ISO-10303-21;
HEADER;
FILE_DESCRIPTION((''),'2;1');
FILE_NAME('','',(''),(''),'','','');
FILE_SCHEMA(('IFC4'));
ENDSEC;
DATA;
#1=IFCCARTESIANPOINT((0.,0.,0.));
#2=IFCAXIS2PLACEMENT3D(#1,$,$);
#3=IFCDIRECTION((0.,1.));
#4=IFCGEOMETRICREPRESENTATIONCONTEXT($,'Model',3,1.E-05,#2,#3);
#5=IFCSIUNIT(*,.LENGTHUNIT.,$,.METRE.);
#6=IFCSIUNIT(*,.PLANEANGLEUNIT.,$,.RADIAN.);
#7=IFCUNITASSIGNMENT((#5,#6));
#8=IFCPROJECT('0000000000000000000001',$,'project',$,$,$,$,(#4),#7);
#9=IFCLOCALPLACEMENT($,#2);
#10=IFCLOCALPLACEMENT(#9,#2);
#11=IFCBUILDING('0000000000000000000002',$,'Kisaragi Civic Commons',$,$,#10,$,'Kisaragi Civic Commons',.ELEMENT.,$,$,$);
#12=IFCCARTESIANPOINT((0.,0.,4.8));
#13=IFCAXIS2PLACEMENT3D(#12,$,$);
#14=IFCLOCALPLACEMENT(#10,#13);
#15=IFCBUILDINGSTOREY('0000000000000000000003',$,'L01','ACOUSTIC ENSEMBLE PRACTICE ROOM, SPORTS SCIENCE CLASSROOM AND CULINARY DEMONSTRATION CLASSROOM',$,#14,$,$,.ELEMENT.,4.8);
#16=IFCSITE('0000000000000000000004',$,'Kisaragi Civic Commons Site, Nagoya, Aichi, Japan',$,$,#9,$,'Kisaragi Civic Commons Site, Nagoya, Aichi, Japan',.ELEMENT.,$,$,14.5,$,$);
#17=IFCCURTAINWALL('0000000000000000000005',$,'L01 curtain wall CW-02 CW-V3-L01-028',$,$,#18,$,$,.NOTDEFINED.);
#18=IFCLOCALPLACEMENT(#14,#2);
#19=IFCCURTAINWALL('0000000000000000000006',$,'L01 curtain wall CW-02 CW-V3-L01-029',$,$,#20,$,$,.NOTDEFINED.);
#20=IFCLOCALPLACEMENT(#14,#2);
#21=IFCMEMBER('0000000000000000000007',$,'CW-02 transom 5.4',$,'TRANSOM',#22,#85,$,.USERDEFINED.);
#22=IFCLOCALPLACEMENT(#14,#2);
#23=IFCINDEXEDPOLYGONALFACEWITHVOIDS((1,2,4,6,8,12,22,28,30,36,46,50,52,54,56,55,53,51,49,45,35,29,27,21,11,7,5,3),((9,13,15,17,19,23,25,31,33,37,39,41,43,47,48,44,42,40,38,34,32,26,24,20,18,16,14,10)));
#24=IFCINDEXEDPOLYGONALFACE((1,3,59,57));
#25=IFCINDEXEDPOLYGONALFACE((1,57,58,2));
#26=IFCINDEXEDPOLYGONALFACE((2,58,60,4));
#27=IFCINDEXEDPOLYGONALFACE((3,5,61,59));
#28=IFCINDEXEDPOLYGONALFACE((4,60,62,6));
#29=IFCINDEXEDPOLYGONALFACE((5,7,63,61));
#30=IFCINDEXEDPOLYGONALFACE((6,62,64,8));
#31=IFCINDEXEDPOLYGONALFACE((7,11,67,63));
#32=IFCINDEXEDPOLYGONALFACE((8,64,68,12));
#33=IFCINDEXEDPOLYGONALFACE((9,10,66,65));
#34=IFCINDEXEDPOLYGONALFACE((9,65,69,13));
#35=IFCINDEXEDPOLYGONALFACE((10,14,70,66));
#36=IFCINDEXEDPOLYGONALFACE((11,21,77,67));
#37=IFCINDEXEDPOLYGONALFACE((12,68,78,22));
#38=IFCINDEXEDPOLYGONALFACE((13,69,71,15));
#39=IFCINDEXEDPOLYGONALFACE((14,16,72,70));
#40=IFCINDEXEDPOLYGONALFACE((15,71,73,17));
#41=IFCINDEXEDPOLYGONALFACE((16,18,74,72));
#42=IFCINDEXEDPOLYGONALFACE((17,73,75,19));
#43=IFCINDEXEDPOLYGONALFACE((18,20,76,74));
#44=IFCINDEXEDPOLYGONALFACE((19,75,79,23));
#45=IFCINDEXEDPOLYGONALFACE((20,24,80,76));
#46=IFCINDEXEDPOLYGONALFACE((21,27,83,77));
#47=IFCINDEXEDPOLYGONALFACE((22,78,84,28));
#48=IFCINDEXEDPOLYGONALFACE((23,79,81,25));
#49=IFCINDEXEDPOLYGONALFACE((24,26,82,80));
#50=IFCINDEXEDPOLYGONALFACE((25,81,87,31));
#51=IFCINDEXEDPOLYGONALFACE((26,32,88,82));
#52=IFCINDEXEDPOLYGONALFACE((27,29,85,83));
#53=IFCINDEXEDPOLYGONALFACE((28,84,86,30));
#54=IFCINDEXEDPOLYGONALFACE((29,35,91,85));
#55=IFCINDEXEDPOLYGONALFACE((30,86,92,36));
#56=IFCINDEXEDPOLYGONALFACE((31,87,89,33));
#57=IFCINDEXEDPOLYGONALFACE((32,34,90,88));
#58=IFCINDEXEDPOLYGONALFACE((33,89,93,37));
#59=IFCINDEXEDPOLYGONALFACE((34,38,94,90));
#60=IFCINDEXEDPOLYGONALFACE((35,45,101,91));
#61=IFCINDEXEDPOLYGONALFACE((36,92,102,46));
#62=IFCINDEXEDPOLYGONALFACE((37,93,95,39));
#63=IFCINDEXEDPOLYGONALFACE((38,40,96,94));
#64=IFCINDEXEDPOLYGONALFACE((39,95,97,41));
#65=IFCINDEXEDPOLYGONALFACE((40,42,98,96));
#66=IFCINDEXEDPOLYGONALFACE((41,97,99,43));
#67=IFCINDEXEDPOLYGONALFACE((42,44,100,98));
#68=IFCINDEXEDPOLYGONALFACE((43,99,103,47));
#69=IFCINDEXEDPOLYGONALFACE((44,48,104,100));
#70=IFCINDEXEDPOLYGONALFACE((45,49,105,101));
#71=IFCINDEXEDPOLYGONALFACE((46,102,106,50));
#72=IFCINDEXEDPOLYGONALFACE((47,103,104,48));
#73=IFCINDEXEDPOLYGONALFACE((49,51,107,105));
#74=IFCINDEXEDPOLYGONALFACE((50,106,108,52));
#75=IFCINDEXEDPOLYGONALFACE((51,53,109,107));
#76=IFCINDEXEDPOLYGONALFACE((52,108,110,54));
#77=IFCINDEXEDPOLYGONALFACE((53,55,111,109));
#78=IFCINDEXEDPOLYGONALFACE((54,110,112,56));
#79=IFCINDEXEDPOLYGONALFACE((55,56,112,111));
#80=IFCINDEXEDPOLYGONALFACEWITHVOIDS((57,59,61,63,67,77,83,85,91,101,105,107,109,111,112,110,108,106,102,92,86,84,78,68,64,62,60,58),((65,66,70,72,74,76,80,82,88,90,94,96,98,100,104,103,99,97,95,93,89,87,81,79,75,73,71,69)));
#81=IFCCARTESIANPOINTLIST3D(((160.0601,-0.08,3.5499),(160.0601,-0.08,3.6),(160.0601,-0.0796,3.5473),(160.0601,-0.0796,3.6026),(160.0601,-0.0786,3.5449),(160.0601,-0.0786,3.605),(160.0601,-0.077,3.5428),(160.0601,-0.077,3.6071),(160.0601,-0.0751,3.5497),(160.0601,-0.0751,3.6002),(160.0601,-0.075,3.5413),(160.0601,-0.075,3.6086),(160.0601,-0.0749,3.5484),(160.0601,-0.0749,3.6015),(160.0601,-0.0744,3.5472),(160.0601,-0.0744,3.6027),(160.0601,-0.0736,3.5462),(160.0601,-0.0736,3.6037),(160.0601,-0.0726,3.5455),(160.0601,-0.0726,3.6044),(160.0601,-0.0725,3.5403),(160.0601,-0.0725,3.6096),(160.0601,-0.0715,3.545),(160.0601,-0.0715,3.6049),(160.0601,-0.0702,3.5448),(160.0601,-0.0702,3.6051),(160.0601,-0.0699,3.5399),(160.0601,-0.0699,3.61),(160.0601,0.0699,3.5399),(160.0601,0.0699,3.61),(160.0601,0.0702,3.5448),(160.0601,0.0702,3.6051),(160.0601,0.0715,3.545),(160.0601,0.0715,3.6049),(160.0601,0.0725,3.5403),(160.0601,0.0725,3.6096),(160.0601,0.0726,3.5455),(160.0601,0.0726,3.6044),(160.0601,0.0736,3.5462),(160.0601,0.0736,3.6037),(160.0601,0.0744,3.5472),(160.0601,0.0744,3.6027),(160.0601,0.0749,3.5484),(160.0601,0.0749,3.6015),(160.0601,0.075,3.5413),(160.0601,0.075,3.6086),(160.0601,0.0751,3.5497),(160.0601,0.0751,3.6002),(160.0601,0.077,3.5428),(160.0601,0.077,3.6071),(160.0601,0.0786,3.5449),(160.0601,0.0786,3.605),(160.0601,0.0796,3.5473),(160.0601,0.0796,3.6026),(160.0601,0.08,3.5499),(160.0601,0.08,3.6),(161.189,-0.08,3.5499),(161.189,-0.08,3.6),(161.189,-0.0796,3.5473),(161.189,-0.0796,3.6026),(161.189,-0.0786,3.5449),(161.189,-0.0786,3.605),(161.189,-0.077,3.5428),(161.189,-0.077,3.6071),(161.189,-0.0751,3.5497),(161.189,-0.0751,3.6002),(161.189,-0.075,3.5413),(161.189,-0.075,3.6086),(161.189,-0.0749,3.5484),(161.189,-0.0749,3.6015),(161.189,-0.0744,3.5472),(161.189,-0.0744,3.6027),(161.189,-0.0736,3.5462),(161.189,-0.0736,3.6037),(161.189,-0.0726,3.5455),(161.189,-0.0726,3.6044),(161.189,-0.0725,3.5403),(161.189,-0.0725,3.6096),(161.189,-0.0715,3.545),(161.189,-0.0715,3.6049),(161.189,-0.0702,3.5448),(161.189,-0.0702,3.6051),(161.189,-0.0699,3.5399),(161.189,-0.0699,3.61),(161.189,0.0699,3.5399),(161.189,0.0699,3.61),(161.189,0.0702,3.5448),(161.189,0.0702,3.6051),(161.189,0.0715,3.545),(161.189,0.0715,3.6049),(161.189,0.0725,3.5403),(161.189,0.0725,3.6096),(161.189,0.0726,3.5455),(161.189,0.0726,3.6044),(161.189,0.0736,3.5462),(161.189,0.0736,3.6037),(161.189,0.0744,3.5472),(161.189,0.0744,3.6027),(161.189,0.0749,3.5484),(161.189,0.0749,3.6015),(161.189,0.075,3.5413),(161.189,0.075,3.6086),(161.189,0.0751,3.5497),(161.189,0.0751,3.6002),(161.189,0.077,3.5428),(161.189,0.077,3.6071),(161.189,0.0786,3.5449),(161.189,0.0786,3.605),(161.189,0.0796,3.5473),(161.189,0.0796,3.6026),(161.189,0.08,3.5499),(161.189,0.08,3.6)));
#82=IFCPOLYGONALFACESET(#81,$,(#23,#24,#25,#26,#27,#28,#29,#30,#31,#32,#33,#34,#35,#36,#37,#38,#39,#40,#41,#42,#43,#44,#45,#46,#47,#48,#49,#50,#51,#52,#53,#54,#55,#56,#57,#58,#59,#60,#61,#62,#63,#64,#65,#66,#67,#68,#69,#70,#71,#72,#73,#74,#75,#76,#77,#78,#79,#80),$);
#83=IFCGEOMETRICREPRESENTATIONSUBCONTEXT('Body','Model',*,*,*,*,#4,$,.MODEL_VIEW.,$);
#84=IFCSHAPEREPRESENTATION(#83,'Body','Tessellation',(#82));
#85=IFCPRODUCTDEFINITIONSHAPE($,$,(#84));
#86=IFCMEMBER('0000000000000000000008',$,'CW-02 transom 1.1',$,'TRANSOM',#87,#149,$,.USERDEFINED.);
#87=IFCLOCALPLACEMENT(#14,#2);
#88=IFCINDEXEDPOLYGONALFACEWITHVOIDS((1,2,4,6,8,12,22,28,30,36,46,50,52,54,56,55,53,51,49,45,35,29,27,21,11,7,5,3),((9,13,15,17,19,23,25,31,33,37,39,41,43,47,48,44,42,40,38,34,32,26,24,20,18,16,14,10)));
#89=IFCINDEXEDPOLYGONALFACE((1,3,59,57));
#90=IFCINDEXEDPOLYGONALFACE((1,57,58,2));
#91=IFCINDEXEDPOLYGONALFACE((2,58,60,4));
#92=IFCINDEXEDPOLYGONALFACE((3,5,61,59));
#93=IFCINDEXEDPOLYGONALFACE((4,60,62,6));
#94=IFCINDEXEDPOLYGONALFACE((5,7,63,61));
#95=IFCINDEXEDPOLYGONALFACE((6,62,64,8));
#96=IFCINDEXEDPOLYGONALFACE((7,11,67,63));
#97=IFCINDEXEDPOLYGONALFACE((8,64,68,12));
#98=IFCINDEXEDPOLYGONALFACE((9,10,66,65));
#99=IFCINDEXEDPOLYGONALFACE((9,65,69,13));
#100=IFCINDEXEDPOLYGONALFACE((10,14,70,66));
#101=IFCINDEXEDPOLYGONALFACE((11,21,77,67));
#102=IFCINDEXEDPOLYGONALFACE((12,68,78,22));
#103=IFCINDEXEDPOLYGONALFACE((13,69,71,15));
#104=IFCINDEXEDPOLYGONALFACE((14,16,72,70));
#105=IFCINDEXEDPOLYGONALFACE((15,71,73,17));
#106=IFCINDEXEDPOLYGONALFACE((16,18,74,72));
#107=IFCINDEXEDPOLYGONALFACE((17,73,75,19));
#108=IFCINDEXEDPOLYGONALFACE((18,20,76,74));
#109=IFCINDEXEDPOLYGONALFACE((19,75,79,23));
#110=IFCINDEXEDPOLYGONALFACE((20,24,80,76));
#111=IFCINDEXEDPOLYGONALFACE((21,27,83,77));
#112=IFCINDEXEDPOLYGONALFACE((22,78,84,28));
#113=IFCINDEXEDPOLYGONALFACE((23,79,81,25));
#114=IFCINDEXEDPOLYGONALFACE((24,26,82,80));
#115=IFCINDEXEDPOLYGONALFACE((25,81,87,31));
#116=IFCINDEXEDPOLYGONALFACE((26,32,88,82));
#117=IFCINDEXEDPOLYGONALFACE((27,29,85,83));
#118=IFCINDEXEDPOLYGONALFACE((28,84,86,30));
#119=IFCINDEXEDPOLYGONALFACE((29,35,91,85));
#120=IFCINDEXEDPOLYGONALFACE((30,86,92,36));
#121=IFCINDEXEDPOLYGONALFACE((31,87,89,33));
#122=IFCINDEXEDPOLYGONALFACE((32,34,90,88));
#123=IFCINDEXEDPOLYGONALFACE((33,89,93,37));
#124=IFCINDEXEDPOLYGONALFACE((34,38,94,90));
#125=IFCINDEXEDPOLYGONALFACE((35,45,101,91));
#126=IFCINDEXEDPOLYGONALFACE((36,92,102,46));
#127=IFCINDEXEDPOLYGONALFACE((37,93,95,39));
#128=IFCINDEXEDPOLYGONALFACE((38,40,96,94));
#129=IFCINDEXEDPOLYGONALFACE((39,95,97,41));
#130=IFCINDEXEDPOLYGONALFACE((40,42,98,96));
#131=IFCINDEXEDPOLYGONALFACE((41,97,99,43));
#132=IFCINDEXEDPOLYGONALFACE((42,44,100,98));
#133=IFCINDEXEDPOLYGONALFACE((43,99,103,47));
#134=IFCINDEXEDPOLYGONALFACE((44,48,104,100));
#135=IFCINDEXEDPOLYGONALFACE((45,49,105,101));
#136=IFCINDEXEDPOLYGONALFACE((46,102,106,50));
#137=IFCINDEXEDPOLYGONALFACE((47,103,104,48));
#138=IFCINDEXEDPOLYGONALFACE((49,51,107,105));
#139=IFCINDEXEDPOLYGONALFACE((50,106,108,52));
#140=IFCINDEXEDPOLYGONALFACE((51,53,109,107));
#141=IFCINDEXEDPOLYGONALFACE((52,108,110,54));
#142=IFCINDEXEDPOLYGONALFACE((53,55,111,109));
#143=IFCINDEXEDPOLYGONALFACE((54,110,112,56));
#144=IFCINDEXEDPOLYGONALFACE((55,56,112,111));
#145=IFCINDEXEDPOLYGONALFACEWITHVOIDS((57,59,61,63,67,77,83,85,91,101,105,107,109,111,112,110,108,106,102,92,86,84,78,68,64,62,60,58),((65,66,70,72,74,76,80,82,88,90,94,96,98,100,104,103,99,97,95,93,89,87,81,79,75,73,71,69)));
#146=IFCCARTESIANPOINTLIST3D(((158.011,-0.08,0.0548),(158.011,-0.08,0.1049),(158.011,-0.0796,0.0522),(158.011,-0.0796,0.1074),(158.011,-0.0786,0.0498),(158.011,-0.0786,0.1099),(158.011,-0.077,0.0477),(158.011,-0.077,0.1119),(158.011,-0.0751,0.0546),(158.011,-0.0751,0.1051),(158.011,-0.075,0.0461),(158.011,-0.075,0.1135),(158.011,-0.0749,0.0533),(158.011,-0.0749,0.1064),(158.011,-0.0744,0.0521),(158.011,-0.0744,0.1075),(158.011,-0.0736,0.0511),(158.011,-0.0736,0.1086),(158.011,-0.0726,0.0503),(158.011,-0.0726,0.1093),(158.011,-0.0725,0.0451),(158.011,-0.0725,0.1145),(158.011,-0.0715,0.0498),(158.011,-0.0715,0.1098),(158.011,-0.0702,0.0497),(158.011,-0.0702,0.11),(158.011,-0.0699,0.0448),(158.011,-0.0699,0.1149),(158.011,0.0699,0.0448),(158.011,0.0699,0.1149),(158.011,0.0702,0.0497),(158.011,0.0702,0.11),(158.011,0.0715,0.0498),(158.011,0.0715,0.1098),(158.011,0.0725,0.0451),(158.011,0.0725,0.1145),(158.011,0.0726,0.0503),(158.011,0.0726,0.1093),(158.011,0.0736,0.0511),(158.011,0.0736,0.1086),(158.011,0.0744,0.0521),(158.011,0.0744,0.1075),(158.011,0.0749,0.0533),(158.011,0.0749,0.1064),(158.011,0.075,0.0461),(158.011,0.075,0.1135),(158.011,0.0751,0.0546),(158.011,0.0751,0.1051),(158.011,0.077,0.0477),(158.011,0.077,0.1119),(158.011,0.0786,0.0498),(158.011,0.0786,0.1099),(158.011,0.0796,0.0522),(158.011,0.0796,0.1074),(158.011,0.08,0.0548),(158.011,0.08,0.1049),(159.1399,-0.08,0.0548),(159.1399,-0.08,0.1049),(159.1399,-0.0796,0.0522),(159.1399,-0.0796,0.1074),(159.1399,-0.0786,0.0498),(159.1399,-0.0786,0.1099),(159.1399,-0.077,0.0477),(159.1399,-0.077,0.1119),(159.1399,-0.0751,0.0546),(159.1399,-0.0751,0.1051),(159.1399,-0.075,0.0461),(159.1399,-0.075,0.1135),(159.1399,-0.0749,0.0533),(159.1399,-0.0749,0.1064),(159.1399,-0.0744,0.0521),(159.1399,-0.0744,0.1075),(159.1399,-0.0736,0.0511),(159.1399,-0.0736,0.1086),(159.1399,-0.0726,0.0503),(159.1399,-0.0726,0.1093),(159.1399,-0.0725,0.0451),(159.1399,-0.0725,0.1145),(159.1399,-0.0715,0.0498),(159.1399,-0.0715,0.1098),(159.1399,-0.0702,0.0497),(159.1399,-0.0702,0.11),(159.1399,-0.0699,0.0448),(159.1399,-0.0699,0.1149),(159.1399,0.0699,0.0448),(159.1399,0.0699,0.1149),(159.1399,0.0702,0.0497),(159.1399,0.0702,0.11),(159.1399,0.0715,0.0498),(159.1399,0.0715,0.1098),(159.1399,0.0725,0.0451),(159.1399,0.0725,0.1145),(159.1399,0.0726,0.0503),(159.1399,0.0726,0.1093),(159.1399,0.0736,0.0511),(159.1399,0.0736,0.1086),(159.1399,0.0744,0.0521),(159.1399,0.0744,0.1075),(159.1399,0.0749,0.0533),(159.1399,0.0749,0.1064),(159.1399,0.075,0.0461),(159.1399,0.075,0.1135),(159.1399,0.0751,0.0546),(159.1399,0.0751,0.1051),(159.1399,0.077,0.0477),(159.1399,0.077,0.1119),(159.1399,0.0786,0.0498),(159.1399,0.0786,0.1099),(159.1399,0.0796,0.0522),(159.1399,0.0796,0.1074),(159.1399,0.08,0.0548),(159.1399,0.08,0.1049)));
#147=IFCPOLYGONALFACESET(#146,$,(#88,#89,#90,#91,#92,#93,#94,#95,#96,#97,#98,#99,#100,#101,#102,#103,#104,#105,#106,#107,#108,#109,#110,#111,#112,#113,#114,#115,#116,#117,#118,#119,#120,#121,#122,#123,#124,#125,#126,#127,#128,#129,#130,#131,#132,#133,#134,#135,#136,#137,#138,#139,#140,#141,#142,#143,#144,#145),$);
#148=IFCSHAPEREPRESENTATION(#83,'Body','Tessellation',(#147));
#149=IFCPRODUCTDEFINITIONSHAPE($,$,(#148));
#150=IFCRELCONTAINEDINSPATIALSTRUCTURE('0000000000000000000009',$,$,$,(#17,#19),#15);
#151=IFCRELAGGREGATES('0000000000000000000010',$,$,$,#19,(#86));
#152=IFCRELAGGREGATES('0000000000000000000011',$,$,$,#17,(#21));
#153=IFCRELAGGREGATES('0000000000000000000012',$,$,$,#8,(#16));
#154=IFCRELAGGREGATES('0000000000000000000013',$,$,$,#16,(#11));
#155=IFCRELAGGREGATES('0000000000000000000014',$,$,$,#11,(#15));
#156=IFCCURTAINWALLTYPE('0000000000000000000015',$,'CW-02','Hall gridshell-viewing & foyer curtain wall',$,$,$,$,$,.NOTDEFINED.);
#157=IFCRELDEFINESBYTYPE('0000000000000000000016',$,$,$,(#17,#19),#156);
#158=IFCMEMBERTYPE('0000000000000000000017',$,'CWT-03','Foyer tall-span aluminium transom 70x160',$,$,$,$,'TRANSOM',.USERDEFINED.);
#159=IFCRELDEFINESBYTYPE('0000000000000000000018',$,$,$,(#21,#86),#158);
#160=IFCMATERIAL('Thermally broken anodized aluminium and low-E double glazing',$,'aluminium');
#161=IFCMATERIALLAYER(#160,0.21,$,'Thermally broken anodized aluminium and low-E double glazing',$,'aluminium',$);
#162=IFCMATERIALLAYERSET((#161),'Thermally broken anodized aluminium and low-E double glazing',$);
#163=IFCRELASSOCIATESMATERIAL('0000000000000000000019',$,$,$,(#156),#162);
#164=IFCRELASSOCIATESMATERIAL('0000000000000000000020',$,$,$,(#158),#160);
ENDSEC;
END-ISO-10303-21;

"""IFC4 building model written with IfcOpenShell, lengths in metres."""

from ifc_helpers import new_model, si_unit, direction, frame, origin, origin_2d, place, context, subcontext, project, spatial, hollow_rectangle, extrude, material, layer, layer_set, material_profile, profile_set, type_object, element, aggregate, save


model = new_model("IFC4")

# Units and contexts
model_context = context("Model", 3, precision=1e-05, world=origin(), true_north=direction((0.0, 1.0)))
body_context = subcontext(model_context, "Body", "Model", "MODEL_VIEW")
ifc_project = project(units=[si_unit("LENGTHUNIT", "METRE"), si_unit("PLANEANGLEUNIT", "RADIAN")], contexts=[model_context])

# Site, building, storey
site_placement = place(None, origin())
site = spatial("IfcSite", under=ifc_project, at=site_placement, Name="Kisaragi Civic Commons Site, Nagoya, Aichi, Japan", LongName="Kisaragi Civic Commons Site, Nagoya, Aichi, Japan", CompositionType="ELEMENT", RefElevation=14.5)
building_placement = place(site_placement, origin())
building = spatial("IfcBuilding", under=site, at=building_placement, Name="Kisaragi Civic Commons", LongName="Kisaragi Civic Commons", CompositionType="ELEMENT")
storey_placement = place(building_placement, frame((0.0, 0.0, 4.8)))
storey = spatial("IfcBuildingStorey", under=building, at=storey_placement, Name="L01", Description="ACOUSTIC ENSEMBLE PRACTICE ROOM, SPORTS SCIENCE CLASSROOM AND CULINARY DEMONSTRATION CLASSROOM", CompositionType="ELEMENT", Elevation=4.8)

# Curtain wall
ifc_material_1 = material(Name="Thermally broken anodized aluminium and low-E double glazing", Category="aluminium")
ifc_layer_1 = layer(ifc_material_1, 0.21, Name="Thermally broken anodized aluminium and low-E double glazing", Category="aluminium")
ifc_layer_set_1 = layer_set([ifc_layer_1], Name="Thermally broken anodized aluminium and low-E double glazing")
curtain_wall_type = type_object("IfcCurtainWallType", Name="CW-02", Description="Hall gridshell-viewing & foyer curtain wall", PredefinedType="NOTDEFINED", material=ifc_layer_set_1)
curtain_wall_1_placement = place(storey_placement, origin())
curtain_wall_1 = element("IfcCurtainWall", 1, at=curtain_wall_1_placement, inside=storey, type_object=curtain_wall_type, Name="L01 curtain wall CW-02 CW-V3-L01-028", PredefinedType="NOTDEFINED")

# Curtain wall
curtain_wall_2_placement = place(storey_placement, origin())
curtain_wall_2 = element("IfcCurtainWall", 2, at=curtain_wall_2_placement, inside=storey, type_object=curtain_wall_type, Name="L01 curtain wall CW-02 CW-V3-L01-029", PredefinedType="NOTDEFINED")

# Members
ifc_material_profile_1 = material_profile(ifc_material_1, hollow_rectangle(XDim=0.1599, YDim=0.0701, WallThickness=0.0049, InnerFilletRadius=0.0049, OuterFilletRadius=0.01, at=origin_2d()), Name="CWT-70x160x5", Category="aluminium")
ifc_profile_set_1 = profile_set([ifc_material_profile_1], Name="Thermally broken anodized aluminium and low-E double glazing")
member_type_1 = type_object("IfcMemberType", Name="CWT-03", Description="Foyer tall-span aluminium transom 70x160", ElementType="TRANSOM", PredefinedType="USERDEFINED", material=ifc_profile_set_1)
member_1_placement = place(storey_placement, frame((161.189, 0.0, 3.575), z_axis=(-1.0, 0.0, 0.0), x_axis=(0.0, -1.0, 0.0)))
member_1 = element("IfcMember", 3, at=member_1_placement, type_object=member_type_1, Name="CW-02 transom 5.4", ObjectType="TRANSOM", PredefinedType="USERDEFINED", context=body_context, shape_type="SweptSolid", body=[
    extrude(hollow_rectangle(XDim=0.1599, YDim=0.0701, WallThickness=0.0049, InnerFilletRadius=0.0049, OuterFilletRadius=0.01, at=origin_2d()), origin(), (0.0, 0.0, 1.0), 1.1289),
])
member_2_placement = place(storey_placement, frame((159.1399, 0.0, 0.0798), z_axis=(-1.0, 0.0, 0.0), x_axis=(0.0, -1.0, 0.0)))
member_2 = element("IfcMember", 4, at=member_2_placement, type_object=member_type_1, Name="CW-02 transom 1.1", ObjectType="TRANSOM", PredefinedType="USERDEFINED", context=body_context, shape_type="SweptSolid", body=[
    extrude(hollow_rectangle(XDim=0.1599, YDim=0.0701, WallThickness=0.0049, InnerFilletRadius=0.0049, OuterFilletRadius=0.01, at=origin_2d()), origin(), (0.0, 0.0, 1.0), 1.1289),
])
aggregate(curtain_wall_2, [member_2])

aggregate(curtain_wall_1, [member_1])

save(model, "model.ifc")
